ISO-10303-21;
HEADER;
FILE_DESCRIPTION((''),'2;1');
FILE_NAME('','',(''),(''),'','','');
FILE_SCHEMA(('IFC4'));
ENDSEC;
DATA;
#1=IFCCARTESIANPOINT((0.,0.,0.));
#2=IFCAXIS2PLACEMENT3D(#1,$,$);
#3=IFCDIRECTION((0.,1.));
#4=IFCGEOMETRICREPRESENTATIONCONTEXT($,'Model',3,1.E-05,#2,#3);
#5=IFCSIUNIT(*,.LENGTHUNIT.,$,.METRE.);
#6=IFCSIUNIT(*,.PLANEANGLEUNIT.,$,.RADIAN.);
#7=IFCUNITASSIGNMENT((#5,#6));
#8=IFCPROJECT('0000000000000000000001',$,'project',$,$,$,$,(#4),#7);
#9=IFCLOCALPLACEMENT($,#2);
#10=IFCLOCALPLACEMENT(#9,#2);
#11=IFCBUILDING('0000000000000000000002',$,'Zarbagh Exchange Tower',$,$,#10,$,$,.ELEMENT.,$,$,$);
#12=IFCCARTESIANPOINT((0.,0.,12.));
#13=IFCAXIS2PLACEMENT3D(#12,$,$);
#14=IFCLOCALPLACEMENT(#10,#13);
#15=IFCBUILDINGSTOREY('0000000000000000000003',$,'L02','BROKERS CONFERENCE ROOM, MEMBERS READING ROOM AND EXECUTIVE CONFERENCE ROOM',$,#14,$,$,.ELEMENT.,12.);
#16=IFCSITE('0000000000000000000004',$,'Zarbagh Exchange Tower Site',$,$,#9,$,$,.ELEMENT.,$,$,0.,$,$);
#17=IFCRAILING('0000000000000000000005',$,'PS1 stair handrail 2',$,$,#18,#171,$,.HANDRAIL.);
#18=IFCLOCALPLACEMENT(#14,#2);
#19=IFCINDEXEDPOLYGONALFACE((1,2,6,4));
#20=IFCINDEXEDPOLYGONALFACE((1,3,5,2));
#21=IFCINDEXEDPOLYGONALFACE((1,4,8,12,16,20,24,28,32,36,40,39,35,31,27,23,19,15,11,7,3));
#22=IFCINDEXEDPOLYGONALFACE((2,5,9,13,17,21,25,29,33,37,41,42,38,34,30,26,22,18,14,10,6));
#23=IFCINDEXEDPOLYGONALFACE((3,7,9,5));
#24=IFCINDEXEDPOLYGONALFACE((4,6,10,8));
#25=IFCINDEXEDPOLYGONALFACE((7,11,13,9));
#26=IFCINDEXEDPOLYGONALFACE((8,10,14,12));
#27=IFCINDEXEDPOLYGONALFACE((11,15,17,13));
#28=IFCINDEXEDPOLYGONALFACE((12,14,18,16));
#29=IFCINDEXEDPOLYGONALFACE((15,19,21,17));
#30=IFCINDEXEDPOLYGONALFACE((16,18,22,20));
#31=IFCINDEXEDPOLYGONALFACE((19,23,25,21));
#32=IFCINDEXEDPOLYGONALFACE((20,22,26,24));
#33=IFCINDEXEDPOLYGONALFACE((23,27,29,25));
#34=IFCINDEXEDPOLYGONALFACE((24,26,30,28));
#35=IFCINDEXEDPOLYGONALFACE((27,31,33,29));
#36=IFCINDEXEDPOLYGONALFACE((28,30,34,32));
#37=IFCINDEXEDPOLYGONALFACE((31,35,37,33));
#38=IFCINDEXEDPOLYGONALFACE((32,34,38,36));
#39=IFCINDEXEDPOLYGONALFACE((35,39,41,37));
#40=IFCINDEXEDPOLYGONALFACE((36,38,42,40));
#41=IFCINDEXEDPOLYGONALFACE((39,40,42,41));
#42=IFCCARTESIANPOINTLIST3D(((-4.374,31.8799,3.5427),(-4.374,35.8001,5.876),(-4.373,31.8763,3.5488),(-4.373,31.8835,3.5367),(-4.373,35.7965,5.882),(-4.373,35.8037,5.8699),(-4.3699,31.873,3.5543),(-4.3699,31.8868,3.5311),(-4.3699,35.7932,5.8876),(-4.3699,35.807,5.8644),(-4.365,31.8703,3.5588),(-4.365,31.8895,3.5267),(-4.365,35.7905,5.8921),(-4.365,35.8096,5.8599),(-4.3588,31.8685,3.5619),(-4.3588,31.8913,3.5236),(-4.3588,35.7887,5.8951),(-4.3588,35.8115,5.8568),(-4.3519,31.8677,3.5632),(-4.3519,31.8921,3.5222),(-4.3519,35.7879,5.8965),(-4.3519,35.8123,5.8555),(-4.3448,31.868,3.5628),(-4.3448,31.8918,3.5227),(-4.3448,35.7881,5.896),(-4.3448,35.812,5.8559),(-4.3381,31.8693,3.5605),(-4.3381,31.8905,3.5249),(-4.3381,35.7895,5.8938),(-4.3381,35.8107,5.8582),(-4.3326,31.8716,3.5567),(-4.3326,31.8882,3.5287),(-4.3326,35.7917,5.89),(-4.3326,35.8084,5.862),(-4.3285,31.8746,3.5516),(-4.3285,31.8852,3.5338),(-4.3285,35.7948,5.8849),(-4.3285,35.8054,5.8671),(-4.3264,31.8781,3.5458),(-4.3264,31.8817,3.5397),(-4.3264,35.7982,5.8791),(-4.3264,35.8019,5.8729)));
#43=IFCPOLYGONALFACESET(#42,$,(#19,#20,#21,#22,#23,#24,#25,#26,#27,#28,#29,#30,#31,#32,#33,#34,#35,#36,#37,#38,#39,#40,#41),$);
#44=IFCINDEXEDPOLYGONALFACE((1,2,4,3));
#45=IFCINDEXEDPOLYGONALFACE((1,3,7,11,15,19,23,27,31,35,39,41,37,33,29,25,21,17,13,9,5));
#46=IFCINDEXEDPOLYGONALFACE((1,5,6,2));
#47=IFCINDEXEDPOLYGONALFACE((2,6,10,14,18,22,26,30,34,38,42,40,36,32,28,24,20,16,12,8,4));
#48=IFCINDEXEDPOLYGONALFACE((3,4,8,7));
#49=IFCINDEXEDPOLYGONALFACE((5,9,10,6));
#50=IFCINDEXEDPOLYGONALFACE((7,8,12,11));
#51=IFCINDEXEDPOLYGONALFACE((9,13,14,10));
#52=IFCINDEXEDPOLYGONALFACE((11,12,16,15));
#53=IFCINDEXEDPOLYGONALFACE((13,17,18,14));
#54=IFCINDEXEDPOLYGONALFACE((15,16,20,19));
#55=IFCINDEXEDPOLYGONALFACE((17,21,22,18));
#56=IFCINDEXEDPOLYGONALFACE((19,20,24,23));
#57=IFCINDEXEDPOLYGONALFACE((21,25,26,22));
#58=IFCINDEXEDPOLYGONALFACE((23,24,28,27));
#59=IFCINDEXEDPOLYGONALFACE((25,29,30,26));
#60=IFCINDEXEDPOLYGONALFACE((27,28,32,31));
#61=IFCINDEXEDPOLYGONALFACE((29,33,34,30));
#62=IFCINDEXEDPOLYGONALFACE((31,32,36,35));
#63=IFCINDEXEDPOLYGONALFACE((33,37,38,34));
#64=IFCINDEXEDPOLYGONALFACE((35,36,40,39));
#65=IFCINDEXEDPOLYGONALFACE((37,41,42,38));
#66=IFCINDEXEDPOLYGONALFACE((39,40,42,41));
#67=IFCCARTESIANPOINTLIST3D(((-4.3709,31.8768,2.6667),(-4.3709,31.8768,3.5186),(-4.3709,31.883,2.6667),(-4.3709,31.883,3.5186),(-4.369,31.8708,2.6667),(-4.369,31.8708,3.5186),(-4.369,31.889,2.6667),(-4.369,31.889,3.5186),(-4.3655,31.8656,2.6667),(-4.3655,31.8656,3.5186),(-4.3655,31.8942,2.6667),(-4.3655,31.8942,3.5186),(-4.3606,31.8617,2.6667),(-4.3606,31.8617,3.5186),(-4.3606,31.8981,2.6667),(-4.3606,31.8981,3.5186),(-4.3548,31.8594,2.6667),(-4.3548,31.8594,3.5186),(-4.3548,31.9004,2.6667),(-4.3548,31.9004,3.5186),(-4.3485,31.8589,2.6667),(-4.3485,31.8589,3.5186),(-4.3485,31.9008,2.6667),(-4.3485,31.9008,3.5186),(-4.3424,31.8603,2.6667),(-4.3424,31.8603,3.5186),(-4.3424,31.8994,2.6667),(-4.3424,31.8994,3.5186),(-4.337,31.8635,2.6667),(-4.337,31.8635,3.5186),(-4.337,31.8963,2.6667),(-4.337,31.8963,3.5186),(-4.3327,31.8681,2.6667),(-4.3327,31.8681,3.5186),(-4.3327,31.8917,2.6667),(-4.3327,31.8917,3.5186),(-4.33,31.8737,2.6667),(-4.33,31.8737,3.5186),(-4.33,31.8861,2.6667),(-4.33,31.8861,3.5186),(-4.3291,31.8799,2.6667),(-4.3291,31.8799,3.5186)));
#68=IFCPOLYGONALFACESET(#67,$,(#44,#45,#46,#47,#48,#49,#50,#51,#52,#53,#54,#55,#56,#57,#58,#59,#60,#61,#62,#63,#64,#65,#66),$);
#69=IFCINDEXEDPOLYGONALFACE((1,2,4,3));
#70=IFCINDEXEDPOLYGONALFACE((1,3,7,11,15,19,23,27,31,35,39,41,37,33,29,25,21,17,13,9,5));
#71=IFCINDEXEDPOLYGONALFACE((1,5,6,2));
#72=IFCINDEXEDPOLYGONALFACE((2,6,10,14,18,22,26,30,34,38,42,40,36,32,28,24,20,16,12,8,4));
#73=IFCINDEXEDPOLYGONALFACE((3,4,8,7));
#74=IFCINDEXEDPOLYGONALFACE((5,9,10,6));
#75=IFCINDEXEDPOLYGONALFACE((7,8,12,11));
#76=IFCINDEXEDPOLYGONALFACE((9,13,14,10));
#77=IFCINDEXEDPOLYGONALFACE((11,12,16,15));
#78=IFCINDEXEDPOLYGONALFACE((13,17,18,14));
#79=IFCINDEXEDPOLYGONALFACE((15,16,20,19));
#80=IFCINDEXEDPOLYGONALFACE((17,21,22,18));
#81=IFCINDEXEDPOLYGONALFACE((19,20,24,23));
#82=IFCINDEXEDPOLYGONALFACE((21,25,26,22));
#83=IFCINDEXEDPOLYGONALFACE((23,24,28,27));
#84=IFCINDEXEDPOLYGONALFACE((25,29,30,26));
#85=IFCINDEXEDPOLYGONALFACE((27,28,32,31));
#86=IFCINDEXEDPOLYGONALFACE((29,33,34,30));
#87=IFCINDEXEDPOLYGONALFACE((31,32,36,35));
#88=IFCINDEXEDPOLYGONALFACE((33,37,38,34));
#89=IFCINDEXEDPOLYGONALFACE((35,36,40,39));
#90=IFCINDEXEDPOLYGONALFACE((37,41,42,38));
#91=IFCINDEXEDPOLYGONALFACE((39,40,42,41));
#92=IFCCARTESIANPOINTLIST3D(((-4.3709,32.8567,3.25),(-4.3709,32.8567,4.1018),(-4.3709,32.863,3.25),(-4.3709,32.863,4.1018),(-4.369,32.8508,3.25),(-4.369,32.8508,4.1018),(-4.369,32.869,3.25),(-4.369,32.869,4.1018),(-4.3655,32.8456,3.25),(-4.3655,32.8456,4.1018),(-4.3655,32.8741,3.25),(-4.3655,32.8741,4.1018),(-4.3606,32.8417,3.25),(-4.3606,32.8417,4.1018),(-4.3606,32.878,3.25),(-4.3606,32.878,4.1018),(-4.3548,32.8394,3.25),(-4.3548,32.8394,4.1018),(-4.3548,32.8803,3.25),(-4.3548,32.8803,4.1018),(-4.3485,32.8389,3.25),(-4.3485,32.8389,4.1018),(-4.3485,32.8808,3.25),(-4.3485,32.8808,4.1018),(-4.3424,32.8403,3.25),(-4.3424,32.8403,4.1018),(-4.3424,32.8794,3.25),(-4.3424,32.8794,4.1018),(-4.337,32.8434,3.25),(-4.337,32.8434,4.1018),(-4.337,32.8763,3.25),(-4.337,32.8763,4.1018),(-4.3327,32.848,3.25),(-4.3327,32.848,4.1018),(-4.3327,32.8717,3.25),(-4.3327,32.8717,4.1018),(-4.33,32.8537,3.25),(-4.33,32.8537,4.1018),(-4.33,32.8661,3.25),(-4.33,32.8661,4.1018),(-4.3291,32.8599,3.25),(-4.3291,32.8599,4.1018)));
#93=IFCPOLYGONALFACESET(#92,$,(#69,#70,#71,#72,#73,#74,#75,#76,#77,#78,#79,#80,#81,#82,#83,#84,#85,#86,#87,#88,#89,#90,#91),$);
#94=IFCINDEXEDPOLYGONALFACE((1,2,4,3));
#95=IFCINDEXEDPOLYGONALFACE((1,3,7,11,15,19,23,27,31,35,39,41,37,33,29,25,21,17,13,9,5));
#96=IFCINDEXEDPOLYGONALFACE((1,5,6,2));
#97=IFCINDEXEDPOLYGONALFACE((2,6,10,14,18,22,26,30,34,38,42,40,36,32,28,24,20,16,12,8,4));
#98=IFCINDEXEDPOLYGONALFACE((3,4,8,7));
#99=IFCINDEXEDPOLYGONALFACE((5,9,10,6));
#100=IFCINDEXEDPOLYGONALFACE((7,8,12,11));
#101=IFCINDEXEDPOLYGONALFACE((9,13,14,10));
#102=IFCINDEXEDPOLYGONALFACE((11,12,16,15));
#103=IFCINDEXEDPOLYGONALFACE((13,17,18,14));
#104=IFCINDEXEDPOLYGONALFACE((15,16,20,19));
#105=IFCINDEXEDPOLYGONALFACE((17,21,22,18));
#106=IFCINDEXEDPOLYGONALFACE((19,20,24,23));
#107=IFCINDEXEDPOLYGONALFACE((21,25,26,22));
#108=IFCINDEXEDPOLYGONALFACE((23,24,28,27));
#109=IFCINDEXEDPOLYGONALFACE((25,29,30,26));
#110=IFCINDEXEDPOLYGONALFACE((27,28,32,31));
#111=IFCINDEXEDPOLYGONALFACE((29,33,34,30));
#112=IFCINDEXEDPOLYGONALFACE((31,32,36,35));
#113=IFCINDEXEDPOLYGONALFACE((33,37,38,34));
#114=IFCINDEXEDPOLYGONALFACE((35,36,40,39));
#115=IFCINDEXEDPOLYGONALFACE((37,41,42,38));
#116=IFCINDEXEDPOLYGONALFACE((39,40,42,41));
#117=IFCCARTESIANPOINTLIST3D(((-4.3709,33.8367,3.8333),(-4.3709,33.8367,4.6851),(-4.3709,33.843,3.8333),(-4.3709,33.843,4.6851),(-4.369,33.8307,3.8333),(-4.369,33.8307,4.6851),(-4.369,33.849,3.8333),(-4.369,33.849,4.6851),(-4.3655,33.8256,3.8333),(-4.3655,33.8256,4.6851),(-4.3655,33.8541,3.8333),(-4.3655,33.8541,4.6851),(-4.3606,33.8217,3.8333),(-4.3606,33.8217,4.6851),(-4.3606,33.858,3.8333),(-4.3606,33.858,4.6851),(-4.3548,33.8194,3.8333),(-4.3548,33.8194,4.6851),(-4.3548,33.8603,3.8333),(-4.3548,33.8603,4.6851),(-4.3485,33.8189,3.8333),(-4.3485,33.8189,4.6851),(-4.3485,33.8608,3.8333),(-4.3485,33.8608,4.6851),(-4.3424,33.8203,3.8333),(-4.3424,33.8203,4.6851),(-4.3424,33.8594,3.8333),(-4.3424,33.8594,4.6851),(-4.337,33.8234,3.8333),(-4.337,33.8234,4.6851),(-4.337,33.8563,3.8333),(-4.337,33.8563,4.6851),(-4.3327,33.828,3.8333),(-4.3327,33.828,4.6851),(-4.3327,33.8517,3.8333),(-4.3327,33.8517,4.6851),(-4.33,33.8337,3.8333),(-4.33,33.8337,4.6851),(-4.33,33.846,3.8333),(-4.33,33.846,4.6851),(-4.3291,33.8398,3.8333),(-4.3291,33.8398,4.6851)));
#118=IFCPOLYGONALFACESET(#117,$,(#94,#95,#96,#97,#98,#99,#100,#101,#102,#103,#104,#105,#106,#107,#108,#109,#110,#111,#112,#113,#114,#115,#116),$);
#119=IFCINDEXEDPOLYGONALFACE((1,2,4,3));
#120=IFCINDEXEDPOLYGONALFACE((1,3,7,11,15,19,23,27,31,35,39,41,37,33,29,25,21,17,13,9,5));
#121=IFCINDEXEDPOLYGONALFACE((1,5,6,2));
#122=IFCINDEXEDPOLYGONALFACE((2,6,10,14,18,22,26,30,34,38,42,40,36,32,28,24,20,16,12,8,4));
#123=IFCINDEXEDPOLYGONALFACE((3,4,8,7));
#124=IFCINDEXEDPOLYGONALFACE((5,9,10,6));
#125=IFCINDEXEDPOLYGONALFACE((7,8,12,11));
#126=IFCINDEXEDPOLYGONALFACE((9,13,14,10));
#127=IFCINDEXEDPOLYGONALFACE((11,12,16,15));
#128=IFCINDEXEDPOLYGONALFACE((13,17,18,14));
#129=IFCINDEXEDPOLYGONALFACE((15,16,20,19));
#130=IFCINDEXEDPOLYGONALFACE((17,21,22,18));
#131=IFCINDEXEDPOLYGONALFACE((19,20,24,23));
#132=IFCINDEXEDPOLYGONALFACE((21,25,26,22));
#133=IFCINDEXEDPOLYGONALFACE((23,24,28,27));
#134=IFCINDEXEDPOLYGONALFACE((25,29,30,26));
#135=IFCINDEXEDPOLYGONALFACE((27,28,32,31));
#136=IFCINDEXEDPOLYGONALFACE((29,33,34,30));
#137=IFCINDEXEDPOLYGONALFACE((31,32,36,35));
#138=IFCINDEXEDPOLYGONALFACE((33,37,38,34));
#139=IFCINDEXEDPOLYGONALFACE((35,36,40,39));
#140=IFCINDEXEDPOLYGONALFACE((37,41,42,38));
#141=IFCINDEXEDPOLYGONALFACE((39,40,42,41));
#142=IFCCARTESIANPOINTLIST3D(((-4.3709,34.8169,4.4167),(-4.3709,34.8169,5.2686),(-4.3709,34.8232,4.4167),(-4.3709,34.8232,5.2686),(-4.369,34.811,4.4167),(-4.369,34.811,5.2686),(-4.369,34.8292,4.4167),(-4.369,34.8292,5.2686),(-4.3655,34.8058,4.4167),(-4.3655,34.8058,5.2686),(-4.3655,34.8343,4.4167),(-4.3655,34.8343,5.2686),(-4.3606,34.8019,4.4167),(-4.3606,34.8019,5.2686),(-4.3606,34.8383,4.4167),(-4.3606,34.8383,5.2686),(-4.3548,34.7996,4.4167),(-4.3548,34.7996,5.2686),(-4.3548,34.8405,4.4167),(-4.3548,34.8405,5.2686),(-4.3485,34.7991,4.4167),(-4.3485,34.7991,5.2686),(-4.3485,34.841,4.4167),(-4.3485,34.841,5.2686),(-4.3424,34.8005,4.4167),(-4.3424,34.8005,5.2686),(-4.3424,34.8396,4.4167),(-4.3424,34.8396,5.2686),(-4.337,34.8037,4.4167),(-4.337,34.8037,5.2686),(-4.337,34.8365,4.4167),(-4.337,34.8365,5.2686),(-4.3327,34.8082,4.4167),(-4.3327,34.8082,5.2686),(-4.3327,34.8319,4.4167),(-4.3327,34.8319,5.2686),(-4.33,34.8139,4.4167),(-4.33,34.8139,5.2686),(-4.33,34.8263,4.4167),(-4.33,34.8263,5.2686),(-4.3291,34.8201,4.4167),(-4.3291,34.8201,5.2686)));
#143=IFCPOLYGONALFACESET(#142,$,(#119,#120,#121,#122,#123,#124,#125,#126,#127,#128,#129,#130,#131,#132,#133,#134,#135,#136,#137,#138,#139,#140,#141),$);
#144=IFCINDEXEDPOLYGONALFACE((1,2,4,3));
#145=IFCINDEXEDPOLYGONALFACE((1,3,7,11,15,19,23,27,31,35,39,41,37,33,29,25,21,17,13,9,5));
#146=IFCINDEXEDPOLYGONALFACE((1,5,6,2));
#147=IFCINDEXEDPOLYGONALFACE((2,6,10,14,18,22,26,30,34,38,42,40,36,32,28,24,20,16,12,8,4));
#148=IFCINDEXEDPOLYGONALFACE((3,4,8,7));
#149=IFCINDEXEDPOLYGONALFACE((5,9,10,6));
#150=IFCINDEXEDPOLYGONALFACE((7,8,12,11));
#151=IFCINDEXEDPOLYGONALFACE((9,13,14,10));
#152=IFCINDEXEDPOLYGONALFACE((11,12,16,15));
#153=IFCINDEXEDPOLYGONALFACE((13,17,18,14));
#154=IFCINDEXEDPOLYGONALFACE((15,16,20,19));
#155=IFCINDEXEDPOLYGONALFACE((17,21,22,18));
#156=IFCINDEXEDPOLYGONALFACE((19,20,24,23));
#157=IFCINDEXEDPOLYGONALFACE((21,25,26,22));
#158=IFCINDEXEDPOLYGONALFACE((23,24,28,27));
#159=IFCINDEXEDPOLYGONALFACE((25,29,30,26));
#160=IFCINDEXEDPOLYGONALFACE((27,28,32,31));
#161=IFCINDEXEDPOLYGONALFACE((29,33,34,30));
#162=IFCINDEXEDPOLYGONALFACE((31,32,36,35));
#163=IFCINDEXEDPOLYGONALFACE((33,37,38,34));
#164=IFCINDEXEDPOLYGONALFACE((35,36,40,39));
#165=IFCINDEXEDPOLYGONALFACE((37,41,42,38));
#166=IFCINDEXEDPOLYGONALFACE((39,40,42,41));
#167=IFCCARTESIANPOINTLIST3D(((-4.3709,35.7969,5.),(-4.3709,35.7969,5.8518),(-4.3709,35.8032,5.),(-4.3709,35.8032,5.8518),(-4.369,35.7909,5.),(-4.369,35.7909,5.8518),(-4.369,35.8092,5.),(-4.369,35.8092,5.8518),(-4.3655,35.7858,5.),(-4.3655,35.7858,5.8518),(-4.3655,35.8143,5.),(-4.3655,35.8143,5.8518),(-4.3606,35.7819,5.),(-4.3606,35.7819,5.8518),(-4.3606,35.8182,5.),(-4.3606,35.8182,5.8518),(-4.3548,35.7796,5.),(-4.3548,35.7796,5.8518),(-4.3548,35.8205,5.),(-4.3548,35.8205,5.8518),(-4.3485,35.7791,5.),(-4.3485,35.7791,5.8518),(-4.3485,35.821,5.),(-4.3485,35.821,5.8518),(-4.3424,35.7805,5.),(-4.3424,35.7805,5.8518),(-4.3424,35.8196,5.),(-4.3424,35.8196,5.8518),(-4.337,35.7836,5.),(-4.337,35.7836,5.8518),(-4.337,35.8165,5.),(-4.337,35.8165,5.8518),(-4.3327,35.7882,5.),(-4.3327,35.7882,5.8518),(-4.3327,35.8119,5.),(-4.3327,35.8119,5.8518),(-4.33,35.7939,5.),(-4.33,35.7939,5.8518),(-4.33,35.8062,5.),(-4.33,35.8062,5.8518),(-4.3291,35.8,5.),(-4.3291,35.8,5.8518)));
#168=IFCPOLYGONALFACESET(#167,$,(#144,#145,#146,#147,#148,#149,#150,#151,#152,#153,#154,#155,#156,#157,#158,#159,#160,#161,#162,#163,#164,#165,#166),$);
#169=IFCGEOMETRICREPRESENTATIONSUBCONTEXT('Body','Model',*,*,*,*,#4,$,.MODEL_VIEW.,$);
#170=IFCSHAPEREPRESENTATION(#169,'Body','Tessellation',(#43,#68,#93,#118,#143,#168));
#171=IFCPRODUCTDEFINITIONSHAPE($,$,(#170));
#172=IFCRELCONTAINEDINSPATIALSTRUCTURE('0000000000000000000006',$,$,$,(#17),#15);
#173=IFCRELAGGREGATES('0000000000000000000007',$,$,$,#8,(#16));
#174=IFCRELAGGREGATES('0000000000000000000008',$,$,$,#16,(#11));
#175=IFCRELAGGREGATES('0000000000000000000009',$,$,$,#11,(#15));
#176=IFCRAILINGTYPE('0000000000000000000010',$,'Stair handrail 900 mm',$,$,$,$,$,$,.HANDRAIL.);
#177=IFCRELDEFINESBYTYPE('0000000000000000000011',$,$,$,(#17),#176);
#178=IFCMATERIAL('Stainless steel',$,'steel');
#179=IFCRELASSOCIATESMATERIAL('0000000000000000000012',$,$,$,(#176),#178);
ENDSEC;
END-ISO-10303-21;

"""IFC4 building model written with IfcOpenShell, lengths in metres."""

from ifc_helpers import new_model, si_unit, direction, frame, origin, origin_2d, place, context, subcontext, project, spatial, circle, extrude, material, type_object, element, save


model = new_model("IFC4")

# Units and contexts
model_context = context("Model", 3, precision=1e-05, world=origin(), true_north=direction((0.0, 1.0)))
body_context = subcontext(model_context, "Body", "Model", "MODEL_VIEW")
ifc_project = project(units=[si_unit("LENGTHUNIT", "METRE"), si_unit("PLANEANGLEUNIT", "RADIAN")], contexts=[model_context])

# Site, building, storey
site_placement = place(None, origin())
site = spatial("IfcSite", under=ifc_project, at=site_placement, Name="Zarbagh Exchange Tower Site", CompositionType="ELEMENT", RefElevation=0.0)
building_placement = place(site_placement, origin())
building = spatial("IfcBuilding", under=site, at=building_placement, Name="Zarbagh Exchange Tower", CompositionType="ELEMENT")
storey_placement = place(building_placement, frame((0.0, 0.0, 12.0)))
storey = spatial("IfcBuildingStorey", under=building, at=storey_placement, Name="L02", Description="BROKERS CONFERENCE ROOM, MEMBERS READING ROOM AND EXECUTIVE CONFERENCE ROOM", CompositionType="ELEMENT", Elevation=12.0)

# Railing
ifc_material_1 = material(Name="Stainless steel", Category="steel")
railing_type_1 = type_object("IfcRailingType", Name="Stair handrail 900 mm", PredefinedType="HANDRAIL", material=ifc_material_1)
railing_1_placement = place(storey_placement, frame((-4.3501, 31.8799, 2.6667)))
element("IfcRailing", 1, at=railing_1_placement, inside=storey, type_object=railing_type_1, Name="PS1 stair handrail 2", PredefinedType="HANDRAIL", context=body_context, shape_type="SweptSolid", body=[
    extrude(circle(Radius=0.0239, at=origin_2d()), frame((0.0, 0.0, 0.876), z_axis=(0.0, 0.85931, 0.511455), x_axis=(-1.0, 0.0, 0.0)), (0.0, 0.0, 1.0), 4.562),
    extrude(circle(Radius=0.021, at=origin_2d()), origin(), (0.0, 0.0, 1.0), 0.8518),
    extrude(circle(Radius=0.021, at=origin_2d()), frame((0.0, 0.98, 0.5833)), (0.0, 0.0, 1.0), 0.8518),
    extrude(circle(Radius=0.021, at=origin_2d()), frame((0.0, 1.96, 1.1665)), (0.0, 0.0, 1.0), 0.8518),
    extrude(circle(Radius=0.021, at=origin_2d()), frame((0.0, 2.9402, 1.75)), (0.0, 0.0, 1.0), 0.8518),
    extrude(circle(Radius=0.021, at=origin_2d()), frame((0.0, 3.9202, 2.3333)), (0.0, 0.0, 1.0), 0.8518),
])

save(model, "model.ifc")
